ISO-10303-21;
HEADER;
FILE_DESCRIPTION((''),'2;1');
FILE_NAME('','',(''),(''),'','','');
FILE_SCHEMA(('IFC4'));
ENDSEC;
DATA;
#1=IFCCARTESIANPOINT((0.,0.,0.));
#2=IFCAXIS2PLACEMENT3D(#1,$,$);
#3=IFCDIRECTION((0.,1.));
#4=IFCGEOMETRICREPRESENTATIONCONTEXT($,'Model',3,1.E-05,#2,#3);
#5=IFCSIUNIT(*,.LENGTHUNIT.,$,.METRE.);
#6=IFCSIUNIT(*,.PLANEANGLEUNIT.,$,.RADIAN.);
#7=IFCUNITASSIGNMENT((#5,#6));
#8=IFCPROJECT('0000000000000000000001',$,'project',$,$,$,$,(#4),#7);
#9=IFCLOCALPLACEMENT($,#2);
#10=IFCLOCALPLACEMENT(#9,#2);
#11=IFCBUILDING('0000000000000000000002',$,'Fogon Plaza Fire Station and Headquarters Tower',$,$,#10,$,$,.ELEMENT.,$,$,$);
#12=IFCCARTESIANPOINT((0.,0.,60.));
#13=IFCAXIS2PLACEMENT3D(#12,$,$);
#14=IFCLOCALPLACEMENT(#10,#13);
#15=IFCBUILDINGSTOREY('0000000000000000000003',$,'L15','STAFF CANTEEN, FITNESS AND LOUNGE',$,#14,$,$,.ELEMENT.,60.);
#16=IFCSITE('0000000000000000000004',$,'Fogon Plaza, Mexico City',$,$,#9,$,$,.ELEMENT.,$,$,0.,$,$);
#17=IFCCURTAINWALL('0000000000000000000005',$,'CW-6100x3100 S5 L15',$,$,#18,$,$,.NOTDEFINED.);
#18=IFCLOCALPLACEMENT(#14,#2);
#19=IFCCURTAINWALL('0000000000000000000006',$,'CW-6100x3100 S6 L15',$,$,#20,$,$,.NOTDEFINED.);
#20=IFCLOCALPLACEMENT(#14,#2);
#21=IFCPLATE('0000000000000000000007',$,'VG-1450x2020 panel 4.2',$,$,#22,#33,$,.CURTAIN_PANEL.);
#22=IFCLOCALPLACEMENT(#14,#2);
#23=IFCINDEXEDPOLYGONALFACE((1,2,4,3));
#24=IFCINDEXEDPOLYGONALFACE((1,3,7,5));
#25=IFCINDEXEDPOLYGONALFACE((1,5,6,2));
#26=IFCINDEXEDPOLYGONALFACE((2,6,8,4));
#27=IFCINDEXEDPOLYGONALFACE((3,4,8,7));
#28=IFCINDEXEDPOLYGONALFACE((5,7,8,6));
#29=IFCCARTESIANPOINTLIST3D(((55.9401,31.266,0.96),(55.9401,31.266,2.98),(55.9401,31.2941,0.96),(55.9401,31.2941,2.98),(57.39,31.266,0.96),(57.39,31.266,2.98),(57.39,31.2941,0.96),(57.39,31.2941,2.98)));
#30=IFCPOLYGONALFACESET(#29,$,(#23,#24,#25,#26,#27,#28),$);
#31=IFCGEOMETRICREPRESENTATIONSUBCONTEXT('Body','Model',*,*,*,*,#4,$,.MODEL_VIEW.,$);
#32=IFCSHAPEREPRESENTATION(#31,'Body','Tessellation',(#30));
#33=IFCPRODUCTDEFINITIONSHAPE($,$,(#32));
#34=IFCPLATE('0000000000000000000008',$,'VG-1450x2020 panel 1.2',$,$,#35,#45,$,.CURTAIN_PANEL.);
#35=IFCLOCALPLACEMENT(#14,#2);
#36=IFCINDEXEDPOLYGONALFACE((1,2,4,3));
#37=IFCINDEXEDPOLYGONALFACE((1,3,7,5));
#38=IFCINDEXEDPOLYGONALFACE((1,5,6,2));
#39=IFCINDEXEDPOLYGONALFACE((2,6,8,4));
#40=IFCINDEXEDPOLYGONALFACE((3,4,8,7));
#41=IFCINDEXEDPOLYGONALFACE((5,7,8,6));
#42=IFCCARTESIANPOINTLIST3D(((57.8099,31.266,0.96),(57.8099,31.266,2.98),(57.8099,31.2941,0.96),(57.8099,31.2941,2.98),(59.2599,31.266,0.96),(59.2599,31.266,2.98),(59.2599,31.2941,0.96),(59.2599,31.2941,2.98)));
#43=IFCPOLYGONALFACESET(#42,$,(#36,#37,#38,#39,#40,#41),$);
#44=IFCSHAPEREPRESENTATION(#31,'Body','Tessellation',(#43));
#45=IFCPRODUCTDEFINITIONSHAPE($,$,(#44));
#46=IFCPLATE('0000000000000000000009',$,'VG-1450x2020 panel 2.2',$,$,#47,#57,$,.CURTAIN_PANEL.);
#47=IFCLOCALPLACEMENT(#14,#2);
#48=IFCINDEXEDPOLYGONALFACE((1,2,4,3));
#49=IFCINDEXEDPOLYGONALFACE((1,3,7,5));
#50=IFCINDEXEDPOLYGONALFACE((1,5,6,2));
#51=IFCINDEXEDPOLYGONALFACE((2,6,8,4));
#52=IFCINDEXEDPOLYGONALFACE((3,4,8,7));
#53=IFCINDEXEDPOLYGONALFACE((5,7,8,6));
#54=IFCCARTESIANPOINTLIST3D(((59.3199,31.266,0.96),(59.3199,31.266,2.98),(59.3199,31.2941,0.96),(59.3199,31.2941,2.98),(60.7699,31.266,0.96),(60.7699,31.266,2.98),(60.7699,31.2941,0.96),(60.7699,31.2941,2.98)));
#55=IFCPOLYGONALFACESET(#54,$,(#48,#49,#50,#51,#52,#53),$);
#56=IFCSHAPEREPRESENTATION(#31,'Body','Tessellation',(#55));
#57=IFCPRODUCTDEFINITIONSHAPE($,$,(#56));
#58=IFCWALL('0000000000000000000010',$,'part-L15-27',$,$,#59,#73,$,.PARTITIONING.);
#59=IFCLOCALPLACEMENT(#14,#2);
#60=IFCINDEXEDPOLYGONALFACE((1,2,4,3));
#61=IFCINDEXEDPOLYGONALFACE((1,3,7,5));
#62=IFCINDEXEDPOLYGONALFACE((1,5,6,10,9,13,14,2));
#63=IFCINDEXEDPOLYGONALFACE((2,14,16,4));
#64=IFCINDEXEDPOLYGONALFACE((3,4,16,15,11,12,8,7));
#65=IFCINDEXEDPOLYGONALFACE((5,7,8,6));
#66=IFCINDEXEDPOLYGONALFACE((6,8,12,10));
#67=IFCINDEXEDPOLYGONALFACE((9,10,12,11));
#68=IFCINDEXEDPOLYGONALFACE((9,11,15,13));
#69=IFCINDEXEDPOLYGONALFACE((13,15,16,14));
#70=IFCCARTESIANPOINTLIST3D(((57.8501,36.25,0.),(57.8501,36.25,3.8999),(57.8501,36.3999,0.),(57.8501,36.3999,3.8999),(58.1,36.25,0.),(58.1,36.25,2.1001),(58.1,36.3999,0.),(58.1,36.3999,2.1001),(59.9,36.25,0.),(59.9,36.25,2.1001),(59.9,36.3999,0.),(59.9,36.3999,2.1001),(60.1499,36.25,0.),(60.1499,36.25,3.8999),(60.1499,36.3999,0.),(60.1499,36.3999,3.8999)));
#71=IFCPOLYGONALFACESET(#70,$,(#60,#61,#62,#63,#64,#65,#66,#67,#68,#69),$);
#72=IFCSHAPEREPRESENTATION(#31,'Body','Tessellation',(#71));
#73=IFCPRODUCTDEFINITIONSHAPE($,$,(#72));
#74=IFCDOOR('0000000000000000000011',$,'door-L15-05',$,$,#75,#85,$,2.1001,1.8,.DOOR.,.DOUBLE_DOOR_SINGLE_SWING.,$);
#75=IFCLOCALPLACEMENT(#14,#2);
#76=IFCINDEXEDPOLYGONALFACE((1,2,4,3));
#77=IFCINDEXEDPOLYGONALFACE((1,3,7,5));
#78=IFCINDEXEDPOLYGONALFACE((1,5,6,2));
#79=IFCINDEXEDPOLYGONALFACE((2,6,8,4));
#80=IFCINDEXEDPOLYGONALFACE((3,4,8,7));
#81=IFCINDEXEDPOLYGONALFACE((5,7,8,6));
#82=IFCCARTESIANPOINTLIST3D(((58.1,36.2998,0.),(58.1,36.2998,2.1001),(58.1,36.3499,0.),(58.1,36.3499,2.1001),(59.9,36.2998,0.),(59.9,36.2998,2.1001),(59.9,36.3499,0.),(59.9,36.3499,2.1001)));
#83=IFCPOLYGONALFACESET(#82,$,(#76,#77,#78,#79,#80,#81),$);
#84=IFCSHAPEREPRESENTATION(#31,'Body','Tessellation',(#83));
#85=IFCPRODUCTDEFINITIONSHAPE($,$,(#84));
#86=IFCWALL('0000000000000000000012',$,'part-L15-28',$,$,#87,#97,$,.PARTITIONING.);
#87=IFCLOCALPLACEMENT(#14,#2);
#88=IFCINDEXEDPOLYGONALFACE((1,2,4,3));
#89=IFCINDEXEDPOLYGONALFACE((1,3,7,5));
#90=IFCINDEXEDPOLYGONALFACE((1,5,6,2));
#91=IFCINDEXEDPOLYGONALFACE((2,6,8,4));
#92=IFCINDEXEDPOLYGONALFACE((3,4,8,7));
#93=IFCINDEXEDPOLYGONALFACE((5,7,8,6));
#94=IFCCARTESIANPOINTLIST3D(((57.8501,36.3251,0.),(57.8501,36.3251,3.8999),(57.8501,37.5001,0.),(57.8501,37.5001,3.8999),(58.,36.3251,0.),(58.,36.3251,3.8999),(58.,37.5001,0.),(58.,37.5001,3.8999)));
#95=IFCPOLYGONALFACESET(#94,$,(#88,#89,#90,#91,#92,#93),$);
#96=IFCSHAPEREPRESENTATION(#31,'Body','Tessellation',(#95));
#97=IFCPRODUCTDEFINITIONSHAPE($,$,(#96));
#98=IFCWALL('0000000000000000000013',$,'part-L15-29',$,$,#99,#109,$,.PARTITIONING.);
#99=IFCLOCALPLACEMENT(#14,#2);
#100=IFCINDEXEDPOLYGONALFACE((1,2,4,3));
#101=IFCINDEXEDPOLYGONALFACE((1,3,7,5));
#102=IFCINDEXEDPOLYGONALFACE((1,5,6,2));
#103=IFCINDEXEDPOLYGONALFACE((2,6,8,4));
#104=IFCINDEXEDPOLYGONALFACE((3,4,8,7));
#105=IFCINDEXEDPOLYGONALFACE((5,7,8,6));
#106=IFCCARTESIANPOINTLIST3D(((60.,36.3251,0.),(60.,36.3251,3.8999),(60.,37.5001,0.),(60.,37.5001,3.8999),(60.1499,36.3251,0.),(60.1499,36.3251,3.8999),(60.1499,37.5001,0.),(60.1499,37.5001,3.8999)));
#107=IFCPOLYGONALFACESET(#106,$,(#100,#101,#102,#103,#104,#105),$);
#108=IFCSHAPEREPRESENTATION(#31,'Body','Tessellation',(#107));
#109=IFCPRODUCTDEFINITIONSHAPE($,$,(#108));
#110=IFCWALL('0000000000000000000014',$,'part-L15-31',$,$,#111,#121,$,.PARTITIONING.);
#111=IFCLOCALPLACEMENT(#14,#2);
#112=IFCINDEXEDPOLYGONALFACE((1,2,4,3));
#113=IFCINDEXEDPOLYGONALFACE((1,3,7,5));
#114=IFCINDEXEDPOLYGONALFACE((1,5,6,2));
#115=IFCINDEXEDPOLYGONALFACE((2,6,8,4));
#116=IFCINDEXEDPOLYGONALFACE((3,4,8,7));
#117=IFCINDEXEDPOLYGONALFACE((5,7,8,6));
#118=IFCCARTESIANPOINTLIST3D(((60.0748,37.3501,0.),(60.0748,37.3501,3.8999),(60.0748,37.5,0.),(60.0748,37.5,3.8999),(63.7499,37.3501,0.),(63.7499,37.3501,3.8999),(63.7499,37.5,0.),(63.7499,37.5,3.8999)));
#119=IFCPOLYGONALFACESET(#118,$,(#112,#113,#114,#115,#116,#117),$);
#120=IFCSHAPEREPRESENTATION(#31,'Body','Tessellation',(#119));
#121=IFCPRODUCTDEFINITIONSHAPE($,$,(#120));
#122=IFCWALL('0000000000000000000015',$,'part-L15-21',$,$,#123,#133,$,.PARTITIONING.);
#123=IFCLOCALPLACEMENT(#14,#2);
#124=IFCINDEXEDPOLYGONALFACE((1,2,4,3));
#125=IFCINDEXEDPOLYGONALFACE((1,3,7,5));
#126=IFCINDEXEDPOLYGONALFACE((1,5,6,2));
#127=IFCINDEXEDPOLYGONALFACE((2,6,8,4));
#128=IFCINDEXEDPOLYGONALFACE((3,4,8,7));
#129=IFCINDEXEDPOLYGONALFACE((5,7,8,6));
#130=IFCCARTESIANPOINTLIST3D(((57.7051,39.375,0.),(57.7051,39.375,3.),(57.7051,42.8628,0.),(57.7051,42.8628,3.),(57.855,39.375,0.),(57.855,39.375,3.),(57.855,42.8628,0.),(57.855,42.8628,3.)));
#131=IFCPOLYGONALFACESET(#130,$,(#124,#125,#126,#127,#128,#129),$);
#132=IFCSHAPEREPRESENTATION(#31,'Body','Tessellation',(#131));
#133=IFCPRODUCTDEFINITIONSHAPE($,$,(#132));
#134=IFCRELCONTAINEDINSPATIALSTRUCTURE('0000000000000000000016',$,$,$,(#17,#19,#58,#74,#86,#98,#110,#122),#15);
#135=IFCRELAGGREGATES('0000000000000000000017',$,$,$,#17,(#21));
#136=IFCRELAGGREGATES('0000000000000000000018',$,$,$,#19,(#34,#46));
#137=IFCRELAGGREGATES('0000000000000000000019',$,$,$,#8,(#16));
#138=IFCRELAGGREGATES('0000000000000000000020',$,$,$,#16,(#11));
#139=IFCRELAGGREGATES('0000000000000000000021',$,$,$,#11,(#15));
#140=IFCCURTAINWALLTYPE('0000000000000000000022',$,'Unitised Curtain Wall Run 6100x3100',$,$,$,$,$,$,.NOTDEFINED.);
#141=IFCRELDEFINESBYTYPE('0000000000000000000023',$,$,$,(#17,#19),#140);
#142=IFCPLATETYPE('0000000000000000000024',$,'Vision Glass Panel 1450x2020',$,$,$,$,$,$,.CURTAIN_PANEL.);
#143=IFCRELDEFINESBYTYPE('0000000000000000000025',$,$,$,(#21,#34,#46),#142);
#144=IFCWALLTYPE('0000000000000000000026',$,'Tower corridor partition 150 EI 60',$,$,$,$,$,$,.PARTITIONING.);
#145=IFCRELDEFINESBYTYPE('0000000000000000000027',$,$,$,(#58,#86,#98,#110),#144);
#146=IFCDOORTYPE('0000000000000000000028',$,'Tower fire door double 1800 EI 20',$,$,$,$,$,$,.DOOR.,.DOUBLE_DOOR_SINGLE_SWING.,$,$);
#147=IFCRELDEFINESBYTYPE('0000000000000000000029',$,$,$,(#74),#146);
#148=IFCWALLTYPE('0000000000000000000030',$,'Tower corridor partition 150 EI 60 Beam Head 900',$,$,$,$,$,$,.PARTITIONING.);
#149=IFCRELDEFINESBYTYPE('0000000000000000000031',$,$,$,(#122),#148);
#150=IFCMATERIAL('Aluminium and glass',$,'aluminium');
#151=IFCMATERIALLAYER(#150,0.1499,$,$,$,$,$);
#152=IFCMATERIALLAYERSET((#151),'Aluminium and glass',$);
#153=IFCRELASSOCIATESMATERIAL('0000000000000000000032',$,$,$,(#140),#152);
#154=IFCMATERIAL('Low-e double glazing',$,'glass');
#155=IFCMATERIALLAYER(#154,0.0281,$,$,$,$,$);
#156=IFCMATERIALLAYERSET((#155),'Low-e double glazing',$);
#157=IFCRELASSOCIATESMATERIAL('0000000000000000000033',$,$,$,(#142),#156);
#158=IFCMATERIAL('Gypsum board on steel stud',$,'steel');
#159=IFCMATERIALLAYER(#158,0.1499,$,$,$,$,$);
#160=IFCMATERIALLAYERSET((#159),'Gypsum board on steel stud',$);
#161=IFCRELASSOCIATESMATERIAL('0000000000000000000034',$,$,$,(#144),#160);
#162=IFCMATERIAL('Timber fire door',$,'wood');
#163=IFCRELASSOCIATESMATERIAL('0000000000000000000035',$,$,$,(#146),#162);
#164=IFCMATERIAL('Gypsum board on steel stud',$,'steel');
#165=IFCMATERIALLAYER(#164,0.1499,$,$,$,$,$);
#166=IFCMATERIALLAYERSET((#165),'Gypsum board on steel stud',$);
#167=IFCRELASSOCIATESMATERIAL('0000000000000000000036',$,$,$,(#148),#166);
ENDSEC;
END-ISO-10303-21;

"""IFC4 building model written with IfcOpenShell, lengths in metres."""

from ifc_helpers import new_model, si_unit, direction, frame, frame_2d, origin, origin_2d, place, context, subcontext, project, spatial, rectangle, extrude, material, layer, layer_set, type_object, element, fill, aggregate, save


model = new_model("IFC4")

# Units and contexts
model_context = context("Model", 3, precision=1e-05, world=origin(), true_north=direction((0.0, 1.0)))
body_context = subcontext(model_context, "Body", "Model", "MODEL_VIEW")
ifc_project = project(units=[si_unit("LENGTHUNIT", "METRE"), si_unit("PLANEANGLEUNIT", "RADIAN")], contexts=[model_context])

# Site, building, storey
site_placement = place(None, origin())
site = spatial("IfcSite", under=ifc_project, at=site_placement, Name="Fogon Plaza, Mexico City", CompositionType="ELEMENT", RefElevation=0.0)
building_placement = place(site_placement, origin())
building = spatial("IfcBuilding", under=site, at=building_placement, Name="Fogon Plaza Fire Station and Headquarters Tower", CompositionType="ELEMENT")
storey_placement = place(building_placement, frame((0.0, 0.0, 60.0)))
storey = spatial("IfcBuildingStorey", under=building, at=storey_placement, Name="L15", Description="STAFF CANTEEN, FITNESS AND LOUNGE", CompositionType="ELEMENT", Elevation=60.0)

# Curtain wall
ifc_material_1 = material(Name="Aluminium and glass", Category="aluminium")
ifc_layer_1 = layer(ifc_material_1, 0.1499)
ifc_layer_set_1 = layer_set([ifc_layer_1], Name="Aluminium and glass")
curtain_wall_type = type_object("IfcCurtainWallType", Name="Unitised Curtain Wall Run 6100x3100", PredefinedType="NOTDEFINED", material=ifc_layer_set_1)
curtain_wall_1_placement = place(storey_placement, origin())
curtain_wall_1 = element("IfcCurtainWall", 1, at=curtain_wall_1_placement, inside=storey, type_object=curtain_wall_type, Name="CW-6100x3100 S5 L15", PredefinedType="NOTDEFINED")

# Curtain wall
curtain_wall_2_placement = place(storey_placement, origin())
curtain_wall_2 = element("IfcCurtainWall", 2, at=curtain_wall_2_placement, inside=storey, type_object=curtain_wall_type, Name="CW-6100x3100 S6 L15", PredefinedType="NOTDEFINED")

# Plates
ifc_material_2 = material(Name="Low-e double glazing", Category="glass")
ifc_layer_2 = layer(ifc_material_2, 0.0281)
ifc_layer_set_2 = layer_set([ifc_layer_2], Name="Low-e double glazing")
plate_type_1 = type_object("IfcPlateType", Name="Vision Glass Panel 1450x2020", PredefinedType="CURTAIN_PANEL", material=ifc_layer_set_2)
plate_1_placement = place(storey_placement, frame((56.665, 31.28, 0.96), z_axis=(0.0, 0.0, 1.0), x_axis=(1.0, 0.0, 0.0)))
plate_1 = element("IfcPlate", 3, at=plate_1_placement, type_object=plate_type_1, Name="VG-1450x2020 panel 4.2", PredefinedType="CURTAIN_PANEL", context=body_context, shape_type="SweptSolid", body=[
    extrude(rectangle(XDim=1.45, YDim=0.0281, at=origin_2d()), origin(), (0.0, 0.0, 1.0), 2.02),
])
aggregate(curtain_wall_1, [plate_1])
plate_2_placement = place(storey_placement, frame((58.5349, 31.28, 0.96), z_axis=(0.0, 0.0, 1.0), x_axis=(1.0, 0.0, 0.0)))
plate_2 = element("IfcPlate", 4, at=plate_2_placement, type_object=plate_type_1, Name="VG-1450x2020 panel 1.2", PredefinedType="CURTAIN_PANEL", context=body_context, shape_type="SweptSolid", body=[
    extrude(rectangle(XDim=1.45, YDim=0.0281, at=origin_2d()), origin(), (0.0, 0.0, 1.0), 2.02),
])
plate_3_placement = place(storey_placement, frame((60.0449, 31.28, 0.96), z_axis=(0.0, 0.0, 1.0), x_axis=(1.0, 0.0, 0.0)))
plate_3 = element("IfcPlate", 5, at=plate_3_placement, type_object=plate_type_1, Name="VG-1450x2020 panel 2.2", PredefinedType="CURTAIN_PANEL", context=body_context, shape_type="SweptSolid", body=[
    extrude(rectangle(XDim=1.45, YDim=0.0281, at=origin_2d()), origin(), (0.0, 0.0, 1.0), 2.02),
])
aggregate(curtain_wall_2, [plate_2, plate_3])

# Wall, opening, door
ifc_material_3 = material(Name="Gypsum board on steel stud", Category="steel")
ifc_layer_3 = layer(ifc_material_3, 0.1499)
ifc_layer_set_3 = layer_set([ifc_layer_3], Name="Gypsum board on steel stud")
wall_type_1 = type_object("IfcWallType", Name="Tower corridor partition 150 EI 60", PredefinedType="PARTITIONING", material=ifc_layer_set_3)
wall_1_placement = place(storey_placement, frame((57.8501, 36.325, 0.0), z_axis=(0.0, 0.0, 1.0), x_axis=(1.0, 0.0, 0.0)))
wall_1 = element("IfcWall", 6, at=wall_1_placement, inside=storey, type_object=wall_type_1, Name="part-L15-27", PredefinedType="PARTITIONING", context=body_context, shape_type="SweptSolid", body=[
    extrude(rectangle(XDim=2.2998, YDim=0.1499, at=frame_2d((1.1499, 0.0))), origin(), (0.0, 0.0, 1.0), 3.8999),
])
opening_placement = place(wall_1_placement, frame((0.25, 0.0, 0.0)))
opening = element("IfcOpeningElement", 7, at=opening_placement, cuts=wall_1, PredefinedType="OPENING", context=body_context, shape_type="SweptSolid", body=[
    extrude(rectangle(XDim=1.8, YDim=2.1001, at=frame_2d((0.8999, 1.05))), frame((0.0, 0.085, 0.0), z_axis=(0.0, -1.0, 0.0), x_axis=(1.0, 0.0, 0.0)), (0.0, 0.0, 1.0), 0.1699),
])
ifc_material_4 = material(Name="Timber fire door", Category="wood")
door_type = type_object("IfcDoorType", Name="Tower fire door double 1800 EI 20", OperationType="DOUBLE_DOOR_SINGLE_SWING", PredefinedType="DOOR", material=ifc_material_4)
door_placement = place(opening_placement, origin())
door = element("IfcDoor", 8, at=door_placement, inside=storey, type_object=door_type, Name="door-L15-05", OperationType="DOUBLE_DOOR_SINGLE_SWING", OverallHeight=2.1001, OverallWidth=1.8, PredefinedType="DOOR", context=body_context, shape_type="SweptSolid", body=[
    extrude(rectangle(XDim=1.8, YDim=2.1001, at=frame_2d((0.8999, 1.05))), frame((0.0, 0.0249, 0.0), z_axis=(0.0, -1.0, 0.0), x_axis=(1.0, 0.0, 0.0)), (0.0, 0.0, 1.0), 0.05),
])
fill(opening, door)

# Walls
for number, where, z_axis, x_axis, name in (
    (9, (57.925, 37.5, 0.0), (0.0, 0.0, 1.0), (0.0, -1.0, 0.0), "part-L15-28"),
    (10, (60.075, 37.5, 0.0), (0.0, 0.0, 1.0), (0.0, -1.0, 0.0), "part-L15-29"),
):
    element("IfcWall", number, at=place(storey_placement, frame(where, z_axis=z_axis, x_axis=x_axis)), inside=storey, type_object=wall_type_1, Name=name, PredefinedType="PARTITIONING", context=body_context, shape_type="SweptSolid", body=[
        extrude(rectangle(XDim=1.175, YDim=0.1499, at=frame_2d((0.5874, 0.0))), origin(), (0.0, 0.0, 1.0), 3.8999),
    ])
wall_2_placement = place(storey_placement, frame((60.075, 37.425, 0.0), z_axis=(0.0, 0.0, 1.0), x_axis=(1.0, 0.0, 0.0)))
element("IfcWall", 11, at=wall_2_placement, inside=storey, type_object=wall_type_1, Name="part-L15-31", PredefinedType="PARTITIONING", context=body_context, shape_type="SweptSolid", body=[
    extrude(rectangle(XDim=3.675, YDim=0.1499, at=frame_2d((1.8374, 0.0))), origin(), (0.0, 0.0, 1.0), 3.8999),
])
ifc_material_5 = material(Name="Gypsum board on steel stud", Category="steel")
ifc_layer_4 = layer(ifc_material_5, 0.1499)
ifc_layer_set_4 = layer_set([ifc_layer_4], Name="Gypsum board on steel stud")
wall_type_2 = type_object("IfcWallType", Name="Tower corridor partition 150 EI 60 Beam Head 900", PredefinedType="PARTITIONING", material=ifc_layer_set_4)
wall_3_placement = place(storey_placement, frame((57.78, 39.375, 0.0), z_axis=(0.0, 0.0, 1.0), x_axis=(0.0, 1.0, 0.0)))
element("IfcWall", 12, at=wall_3_placement, inside=storey, type_object=wall_type_2, Name="part-L15-21", PredefinedType="PARTITIONING", context=body_context, shape_type="SweptSolid", body=[
    extrude(rectangle(XDim=3.4878, YDim=0.1499, at=frame_2d((1.7439, 0.0))), origin(), (0.0, 0.0, 1.0), 3.0),
])

save(model, "model.ifc")
